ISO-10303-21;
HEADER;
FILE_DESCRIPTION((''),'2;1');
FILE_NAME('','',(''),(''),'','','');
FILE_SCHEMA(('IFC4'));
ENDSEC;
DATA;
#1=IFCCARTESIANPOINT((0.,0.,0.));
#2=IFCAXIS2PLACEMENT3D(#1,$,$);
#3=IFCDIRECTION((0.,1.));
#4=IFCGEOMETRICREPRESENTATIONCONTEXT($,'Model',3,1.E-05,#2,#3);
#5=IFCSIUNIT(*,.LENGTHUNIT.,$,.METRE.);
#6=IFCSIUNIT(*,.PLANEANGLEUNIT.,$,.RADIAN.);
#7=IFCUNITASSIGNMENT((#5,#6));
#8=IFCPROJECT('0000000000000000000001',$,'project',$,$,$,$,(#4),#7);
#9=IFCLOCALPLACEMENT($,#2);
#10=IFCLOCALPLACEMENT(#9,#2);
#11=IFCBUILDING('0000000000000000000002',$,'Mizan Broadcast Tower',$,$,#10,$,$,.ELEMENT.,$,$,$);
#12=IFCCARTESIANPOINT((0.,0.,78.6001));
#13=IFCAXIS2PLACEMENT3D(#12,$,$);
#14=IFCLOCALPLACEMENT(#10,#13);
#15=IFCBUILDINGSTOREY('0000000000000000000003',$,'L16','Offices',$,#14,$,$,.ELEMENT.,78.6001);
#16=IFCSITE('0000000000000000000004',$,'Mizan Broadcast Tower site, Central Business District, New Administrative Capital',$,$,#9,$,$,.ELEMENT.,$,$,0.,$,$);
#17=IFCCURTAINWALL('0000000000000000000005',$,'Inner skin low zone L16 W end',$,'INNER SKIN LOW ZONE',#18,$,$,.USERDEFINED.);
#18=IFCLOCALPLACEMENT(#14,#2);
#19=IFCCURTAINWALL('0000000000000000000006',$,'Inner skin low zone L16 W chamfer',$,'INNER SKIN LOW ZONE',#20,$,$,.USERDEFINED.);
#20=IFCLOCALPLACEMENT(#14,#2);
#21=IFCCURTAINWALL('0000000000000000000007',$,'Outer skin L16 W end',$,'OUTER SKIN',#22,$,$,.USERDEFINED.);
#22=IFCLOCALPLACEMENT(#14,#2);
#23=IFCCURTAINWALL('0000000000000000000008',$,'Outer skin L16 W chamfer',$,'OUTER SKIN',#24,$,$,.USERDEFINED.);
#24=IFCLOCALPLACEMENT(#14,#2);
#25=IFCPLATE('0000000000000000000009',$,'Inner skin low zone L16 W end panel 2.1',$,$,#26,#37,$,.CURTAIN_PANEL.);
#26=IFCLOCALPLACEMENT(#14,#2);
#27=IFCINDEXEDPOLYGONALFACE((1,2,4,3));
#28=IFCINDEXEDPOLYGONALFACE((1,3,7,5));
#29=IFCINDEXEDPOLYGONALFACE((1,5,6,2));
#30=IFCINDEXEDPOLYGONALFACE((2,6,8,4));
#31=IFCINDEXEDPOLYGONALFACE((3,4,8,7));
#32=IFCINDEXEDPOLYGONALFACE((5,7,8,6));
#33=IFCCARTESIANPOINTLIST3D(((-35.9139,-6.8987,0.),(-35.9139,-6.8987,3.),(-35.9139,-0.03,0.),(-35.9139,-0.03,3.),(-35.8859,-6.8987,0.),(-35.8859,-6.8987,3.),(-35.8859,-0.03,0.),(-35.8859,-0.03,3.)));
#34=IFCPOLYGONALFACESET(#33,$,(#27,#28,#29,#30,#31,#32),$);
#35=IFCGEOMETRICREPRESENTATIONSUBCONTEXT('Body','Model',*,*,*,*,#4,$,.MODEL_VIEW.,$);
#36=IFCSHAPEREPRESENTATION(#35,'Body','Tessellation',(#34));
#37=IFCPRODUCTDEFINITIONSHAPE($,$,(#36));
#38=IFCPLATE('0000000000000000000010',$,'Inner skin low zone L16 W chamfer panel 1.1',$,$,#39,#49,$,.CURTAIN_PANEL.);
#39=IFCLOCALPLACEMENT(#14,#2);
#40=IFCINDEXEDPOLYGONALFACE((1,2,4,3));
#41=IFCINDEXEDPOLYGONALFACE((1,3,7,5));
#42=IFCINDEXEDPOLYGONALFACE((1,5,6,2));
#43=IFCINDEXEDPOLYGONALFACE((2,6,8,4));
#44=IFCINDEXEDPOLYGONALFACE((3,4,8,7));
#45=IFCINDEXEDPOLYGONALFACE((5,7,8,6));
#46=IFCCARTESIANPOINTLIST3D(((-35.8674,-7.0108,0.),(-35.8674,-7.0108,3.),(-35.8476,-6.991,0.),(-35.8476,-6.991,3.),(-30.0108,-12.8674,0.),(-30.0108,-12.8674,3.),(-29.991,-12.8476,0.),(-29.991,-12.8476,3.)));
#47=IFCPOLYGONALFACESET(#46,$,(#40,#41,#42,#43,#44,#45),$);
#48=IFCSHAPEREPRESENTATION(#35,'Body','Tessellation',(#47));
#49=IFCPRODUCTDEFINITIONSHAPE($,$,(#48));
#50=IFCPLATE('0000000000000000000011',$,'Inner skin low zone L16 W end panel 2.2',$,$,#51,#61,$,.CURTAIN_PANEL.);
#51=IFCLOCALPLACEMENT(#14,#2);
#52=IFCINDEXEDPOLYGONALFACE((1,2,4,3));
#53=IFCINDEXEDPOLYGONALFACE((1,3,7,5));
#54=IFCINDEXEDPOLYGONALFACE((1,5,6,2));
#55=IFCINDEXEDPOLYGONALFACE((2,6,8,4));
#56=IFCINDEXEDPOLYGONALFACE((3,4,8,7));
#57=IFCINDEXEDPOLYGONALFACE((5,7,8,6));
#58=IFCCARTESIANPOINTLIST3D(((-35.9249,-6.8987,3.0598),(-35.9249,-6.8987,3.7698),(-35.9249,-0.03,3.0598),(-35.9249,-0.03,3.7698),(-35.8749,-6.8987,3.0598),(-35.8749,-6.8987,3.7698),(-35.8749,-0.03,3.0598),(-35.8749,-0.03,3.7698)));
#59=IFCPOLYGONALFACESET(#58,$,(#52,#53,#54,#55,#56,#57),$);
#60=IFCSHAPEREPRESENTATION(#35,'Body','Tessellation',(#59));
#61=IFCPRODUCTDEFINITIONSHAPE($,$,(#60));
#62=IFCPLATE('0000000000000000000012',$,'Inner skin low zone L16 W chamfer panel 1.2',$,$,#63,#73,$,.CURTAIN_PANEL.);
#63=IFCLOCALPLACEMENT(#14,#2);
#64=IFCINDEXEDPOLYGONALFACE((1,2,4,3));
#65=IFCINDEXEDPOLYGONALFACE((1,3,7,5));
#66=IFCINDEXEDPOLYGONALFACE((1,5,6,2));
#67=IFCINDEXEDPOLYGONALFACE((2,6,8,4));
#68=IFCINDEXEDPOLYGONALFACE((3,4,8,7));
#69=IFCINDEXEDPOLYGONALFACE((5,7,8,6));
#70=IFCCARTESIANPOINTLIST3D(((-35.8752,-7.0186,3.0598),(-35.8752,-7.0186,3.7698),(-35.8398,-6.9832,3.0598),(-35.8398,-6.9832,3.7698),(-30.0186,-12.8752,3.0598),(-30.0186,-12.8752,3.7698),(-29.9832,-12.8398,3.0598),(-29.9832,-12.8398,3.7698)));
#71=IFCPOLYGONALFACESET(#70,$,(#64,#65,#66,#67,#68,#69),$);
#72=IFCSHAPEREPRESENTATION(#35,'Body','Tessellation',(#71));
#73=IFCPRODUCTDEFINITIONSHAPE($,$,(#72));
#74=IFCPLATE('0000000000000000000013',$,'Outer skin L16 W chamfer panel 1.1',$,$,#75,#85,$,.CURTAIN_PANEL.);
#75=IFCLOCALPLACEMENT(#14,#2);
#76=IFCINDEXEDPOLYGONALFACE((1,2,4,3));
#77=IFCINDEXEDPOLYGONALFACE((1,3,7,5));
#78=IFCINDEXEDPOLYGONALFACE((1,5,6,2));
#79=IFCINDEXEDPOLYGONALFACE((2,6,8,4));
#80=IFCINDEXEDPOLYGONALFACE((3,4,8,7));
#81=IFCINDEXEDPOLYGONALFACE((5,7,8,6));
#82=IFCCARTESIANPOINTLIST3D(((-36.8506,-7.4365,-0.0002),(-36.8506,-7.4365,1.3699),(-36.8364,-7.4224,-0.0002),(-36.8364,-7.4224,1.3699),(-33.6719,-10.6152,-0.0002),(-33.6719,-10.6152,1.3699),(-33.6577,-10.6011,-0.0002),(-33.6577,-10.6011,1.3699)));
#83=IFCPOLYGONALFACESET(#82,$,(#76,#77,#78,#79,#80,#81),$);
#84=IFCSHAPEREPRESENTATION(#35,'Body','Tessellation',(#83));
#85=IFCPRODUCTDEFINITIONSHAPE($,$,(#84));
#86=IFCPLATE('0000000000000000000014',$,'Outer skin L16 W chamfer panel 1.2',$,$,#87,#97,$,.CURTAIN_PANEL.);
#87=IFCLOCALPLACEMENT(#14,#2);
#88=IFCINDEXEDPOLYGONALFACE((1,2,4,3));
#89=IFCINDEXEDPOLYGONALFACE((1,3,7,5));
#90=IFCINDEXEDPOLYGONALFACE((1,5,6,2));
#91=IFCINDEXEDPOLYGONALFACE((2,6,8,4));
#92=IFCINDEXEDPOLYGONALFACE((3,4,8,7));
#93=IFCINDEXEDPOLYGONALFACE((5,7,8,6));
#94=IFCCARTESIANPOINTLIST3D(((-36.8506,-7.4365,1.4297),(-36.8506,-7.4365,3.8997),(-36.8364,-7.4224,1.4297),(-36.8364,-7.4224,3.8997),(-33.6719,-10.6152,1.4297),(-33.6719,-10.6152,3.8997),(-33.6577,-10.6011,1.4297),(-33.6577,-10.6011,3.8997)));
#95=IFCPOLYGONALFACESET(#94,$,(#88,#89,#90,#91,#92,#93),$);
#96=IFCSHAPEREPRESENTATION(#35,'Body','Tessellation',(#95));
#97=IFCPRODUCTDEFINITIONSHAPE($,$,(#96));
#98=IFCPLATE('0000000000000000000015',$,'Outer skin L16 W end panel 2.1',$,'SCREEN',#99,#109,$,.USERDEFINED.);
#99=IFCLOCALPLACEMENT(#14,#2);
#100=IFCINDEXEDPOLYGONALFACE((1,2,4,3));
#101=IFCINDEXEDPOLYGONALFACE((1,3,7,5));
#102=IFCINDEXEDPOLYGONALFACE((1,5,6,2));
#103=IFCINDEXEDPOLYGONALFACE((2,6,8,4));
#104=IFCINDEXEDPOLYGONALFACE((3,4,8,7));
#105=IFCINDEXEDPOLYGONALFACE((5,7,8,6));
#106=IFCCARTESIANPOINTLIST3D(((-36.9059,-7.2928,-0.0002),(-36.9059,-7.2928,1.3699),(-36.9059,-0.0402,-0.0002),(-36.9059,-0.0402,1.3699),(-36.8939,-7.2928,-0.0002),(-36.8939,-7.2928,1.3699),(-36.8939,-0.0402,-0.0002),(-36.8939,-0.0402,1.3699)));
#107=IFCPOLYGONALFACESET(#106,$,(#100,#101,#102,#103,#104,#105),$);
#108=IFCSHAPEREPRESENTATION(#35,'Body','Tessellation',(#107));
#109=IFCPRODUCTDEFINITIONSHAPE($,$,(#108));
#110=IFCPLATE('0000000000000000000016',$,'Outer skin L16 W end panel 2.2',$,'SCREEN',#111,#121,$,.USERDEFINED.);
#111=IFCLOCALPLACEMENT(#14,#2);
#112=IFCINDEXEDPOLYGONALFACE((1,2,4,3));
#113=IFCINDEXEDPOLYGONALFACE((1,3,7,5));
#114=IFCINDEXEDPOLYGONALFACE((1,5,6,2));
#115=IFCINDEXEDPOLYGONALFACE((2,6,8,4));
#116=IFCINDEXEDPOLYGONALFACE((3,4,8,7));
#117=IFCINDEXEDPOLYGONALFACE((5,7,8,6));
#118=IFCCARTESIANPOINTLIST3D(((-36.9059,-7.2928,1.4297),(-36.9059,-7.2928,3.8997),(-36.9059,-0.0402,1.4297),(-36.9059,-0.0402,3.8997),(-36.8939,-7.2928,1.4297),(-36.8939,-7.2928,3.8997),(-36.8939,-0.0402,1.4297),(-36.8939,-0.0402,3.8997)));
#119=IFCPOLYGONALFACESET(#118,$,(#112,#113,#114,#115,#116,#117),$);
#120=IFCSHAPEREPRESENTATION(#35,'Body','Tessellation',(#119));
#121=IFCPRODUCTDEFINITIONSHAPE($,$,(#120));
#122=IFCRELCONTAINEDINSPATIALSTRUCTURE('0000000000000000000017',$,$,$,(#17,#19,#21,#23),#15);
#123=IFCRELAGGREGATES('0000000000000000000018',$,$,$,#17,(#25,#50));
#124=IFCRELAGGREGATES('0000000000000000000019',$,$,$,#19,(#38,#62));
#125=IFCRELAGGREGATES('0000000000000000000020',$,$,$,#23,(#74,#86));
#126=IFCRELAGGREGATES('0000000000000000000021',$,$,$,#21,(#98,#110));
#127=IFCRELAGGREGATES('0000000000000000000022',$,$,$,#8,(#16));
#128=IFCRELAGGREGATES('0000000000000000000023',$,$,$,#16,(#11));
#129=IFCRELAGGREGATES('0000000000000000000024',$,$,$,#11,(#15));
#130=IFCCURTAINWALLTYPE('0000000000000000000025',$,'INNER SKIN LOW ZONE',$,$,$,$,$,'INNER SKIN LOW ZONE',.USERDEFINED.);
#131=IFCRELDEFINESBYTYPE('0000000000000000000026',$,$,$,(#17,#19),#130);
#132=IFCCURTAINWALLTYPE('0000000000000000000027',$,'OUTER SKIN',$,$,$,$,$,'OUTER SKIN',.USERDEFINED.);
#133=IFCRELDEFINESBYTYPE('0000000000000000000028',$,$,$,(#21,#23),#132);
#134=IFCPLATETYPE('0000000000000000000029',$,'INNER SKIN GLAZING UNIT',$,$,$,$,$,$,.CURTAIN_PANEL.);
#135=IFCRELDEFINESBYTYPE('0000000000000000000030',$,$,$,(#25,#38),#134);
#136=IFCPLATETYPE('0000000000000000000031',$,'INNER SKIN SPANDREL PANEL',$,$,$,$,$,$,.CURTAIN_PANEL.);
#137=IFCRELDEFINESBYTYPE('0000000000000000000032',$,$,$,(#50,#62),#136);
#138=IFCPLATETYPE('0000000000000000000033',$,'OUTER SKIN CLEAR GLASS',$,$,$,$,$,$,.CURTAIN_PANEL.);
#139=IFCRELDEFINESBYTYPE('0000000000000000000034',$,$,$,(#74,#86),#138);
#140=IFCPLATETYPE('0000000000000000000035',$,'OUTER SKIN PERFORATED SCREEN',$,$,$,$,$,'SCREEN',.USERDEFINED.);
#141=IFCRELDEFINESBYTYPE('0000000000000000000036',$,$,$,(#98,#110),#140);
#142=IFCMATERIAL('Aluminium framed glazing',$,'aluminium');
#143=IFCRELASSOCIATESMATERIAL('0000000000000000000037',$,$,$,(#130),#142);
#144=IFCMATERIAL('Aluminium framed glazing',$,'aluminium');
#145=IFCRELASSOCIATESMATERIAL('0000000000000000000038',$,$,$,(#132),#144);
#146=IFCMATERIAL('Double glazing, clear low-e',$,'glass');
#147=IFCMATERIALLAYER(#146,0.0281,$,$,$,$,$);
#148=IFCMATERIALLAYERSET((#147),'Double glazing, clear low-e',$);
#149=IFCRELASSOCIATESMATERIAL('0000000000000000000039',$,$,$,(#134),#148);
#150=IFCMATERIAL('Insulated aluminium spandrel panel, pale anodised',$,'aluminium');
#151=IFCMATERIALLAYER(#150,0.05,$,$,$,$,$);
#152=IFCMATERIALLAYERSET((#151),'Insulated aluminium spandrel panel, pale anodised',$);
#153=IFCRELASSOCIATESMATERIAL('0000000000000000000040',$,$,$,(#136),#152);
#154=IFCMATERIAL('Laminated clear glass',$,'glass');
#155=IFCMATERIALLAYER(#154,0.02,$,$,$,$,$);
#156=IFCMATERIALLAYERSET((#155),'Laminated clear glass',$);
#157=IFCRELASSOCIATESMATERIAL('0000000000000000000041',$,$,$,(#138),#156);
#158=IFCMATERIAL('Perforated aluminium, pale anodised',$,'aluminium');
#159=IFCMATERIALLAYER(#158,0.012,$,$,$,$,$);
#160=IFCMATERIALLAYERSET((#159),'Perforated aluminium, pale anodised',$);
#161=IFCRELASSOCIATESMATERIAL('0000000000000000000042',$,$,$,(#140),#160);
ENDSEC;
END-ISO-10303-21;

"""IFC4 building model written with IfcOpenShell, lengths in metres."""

from ifc_helpers import new_model, si_unit, direction, frame, origin, origin_2d, place, context, subcontext, project, spatial, rectangle, extrude, material, layer, layer_set, type_object, element, aggregate, save


model = new_model("IFC4")

# Units and contexts
model_context = context("Model", 3, precision=1e-05, world=origin(), true_north=direction((0.0, 1.0)))
body_context = subcontext(model_context, "Body", "Model", "MODEL_VIEW")
ifc_project = project(units=[si_unit("LENGTHUNIT", "METRE"), si_unit("PLANEANGLEUNIT", "RADIAN")], contexts=[model_context])

# Site, building, storey
site_placement = place(None, origin())
site = spatial("IfcSite", under=ifc_project, at=site_placement, Name="Mizan Broadcast Tower site, Central Business District, New Administrative Capital", CompositionType="ELEMENT", RefElevation=0.0)
building_placement = place(site_placement, origin())
building = spatial("IfcBuilding", under=site, at=building_placement, Name="Mizan Broadcast Tower", CompositionType="ELEMENT")
storey_placement = place(building_placement, frame((0.0, 0.0, 78.6001)))
storey = spatial("IfcBuildingStorey", under=building, at=storey_placement, Name="L16", Description="Offices", CompositionType="ELEMENT", Elevation=78.6001)

# Curtain wall
ifc_material_1 = material(Name="Aluminium framed glazing", Category="aluminium")
curtain_wall_type_1 = type_object("IfcCurtainWallType", Name="INNER SKIN LOW ZONE", ElementType="INNER SKIN LOW ZONE", PredefinedType="USERDEFINED", material=ifc_material_1)
curtain_wall_1_placement = place(storey_placement, origin())
curtain_wall_1 = element("IfcCurtainWall", 1, at=curtain_wall_1_placement, inside=storey, type_object=curtain_wall_type_1, Name="Inner skin low zone L16 W end", ObjectType="INNER SKIN LOW ZONE", PredefinedType="USERDEFINED")

# Curtain wall
curtain_wall_2_placement = place(storey_placement, origin())
curtain_wall_2 = element("IfcCurtainWall", 2, at=curtain_wall_2_placement, inside=storey, type_object=curtain_wall_type_1, Name="Inner skin low zone L16 W chamfer", ObjectType="INNER SKIN LOW ZONE", PredefinedType="USERDEFINED")

# Curtain wall
ifc_material_2 = material(Name="Aluminium framed glazing", Category="aluminium")
curtain_wall_type_2 = type_object("IfcCurtainWallType", Name="OUTER SKIN", ElementType="OUTER SKIN", PredefinedType="USERDEFINED", material=ifc_material_2)
curtain_wall_3_placement = place(storey_placement, origin())
curtain_wall_3 = element("IfcCurtainWall", 3, at=curtain_wall_3_placement, inside=storey, type_object=curtain_wall_type_2, Name="Outer skin L16 W end", ObjectType="OUTER SKIN", PredefinedType="USERDEFINED")

# Curtain wall
curtain_wall_4_placement = place(storey_placement, origin())
curtain_wall_4 = element("IfcCurtainWall", 4, at=curtain_wall_4_placement, inside=storey, type_object=curtain_wall_type_2, Name="Outer skin L16 W chamfer", ObjectType="OUTER SKIN", PredefinedType="USERDEFINED")

# Plates
ifc_material_3 = material(Name="Double glazing, clear low-e", Category="glass")
ifc_layer_1 = layer(ifc_material_3, 0.0281)
ifc_layer_set_1 = layer_set([ifc_layer_1], Name="Double glazing, clear low-e")
plate_type_1 = type_object("IfcPlateType", Name="INNER SKIN GLAZING UNIT", PredefinedType="CURTAIN_PANEL", material=ifc_layer_set_1)
plate_1_placement = place(storey_placement, frame((-35.8999, -3.4644, 0.0), z_axis=(0.0, 0.0, 1.0), x_axis=(0.0, -1.0, 0.0)))
plate_1 = element("IfcPlate", 5, at=plate_1_placement, type_object=plate_type_1, Name="Inner skin low zone L16 W end panel 2.1", PredefinedType="CURTAIN_PANEL", context=body_context, shape_type="SweptSolid", body=[
    extrude(rectangle(XDim=6.8687, YDim=0.0281, at=origin_2d()), origin(), (0.0, 0.0, 1.0), 3.0),
])
plate_2_placement = place(storey_placement, frame((-32.9292, -9.9292, 0.0), z_axis=(0.0, 0.0, 1.0), x_axis=(0.707107, -0.707107, 0.0)))
plate_2 = element("IfcPlate", 6, at=plate_2_placement, type_object=plate_type_1, Name="Inner skin low zone L16 W chamfer panel 1.1", PredefinedType="CURTAIN_PANEL", context=body_context, shape_type="SweptSolid", body=[
    extrude(rectangle(XDim=8.2825, YDim=0.0281, at=origin_2d()), origin(), (0.0, 0.0, 1.0), 3.0),
])
ifc_material_4 = material(Name="Insulated aluminium spandrel panel, pale anodised", Category="aluminium")
ifc_layer_2 = layer(ifc_material_4, 0.05)
ifc_layer_set_2 = layer_set([ifc_layer_2], Name="Insulated aluminium spandrel panel, pale anodised")
plate_type_2 = type_object("IfcPlateType", Name="INNER SKIN SPANDREL PANEL", PredefinedType="CURTAIN_PANEL", material=ifc_layer_set_2)
plate_3_placement = place(storey_placement, frame((-35.8999, -3.4644, 3.0598), z_axis=(0.0, 0.0, 1.0), x_axis=(0.0, -1.0, 0.0)))
plate_3 = element("IfcPlate", 7, at=plate_3_placement, type_object=plate_type_2, Name="Inner skin low zone L16 W end panel 2.2", PredefinedType="CURTAIN_PANEL", context=body_context, shape_type="SweptSolid", body=[
    extrude(rectangle(XDim=6.8687, YDim=0.05, at=origin_2d()), origin(), (0.0, 0.0, 1.0), 0.71),
])
aggregate(curtain_wall_1, [plate_1, plate_3])
plate_4_placement = place(storey_placement, frame((-32.9292, -9.9292, 3.0598), z_axis=(0.0, 0.0, 1.0), x_axis=(0.707107, -0.707107, 0.0)))
plate_4 = element("IfcPlate", 8, at=plate_4_placement, type_object=plate_type_2, Name="Inner skin low zone L16 W chamfer panel 1.2", PredefinedType="CURTAIN_PANEL", context=body_context, shape_type="SweptSolid", body=[
    extrude(rectangle(XDim=8.2825, YDim=0.05, at=origin_2d()), origin(), (0.0, 0.0, 1.0), 0.71),
])
aggregate(curtain_wall_2, [plate_2, plate_4])
ifc_material_5 = material(Name="Laminated clear glass", Category="glass")
ifc_layer_3 = layer(ifc_material_5, 0.02)
ifc_layer_set_3 = layer_set([ifc_layer_3], Name="Laminated clear glass")
plate_type_3 = type_object("IfcPlateType", Name="OUTER SKIN CLEAR GLASS", PredefinedType="CURTAIN_PANEL", material=ifc_layer_set_3)
plate_5_placement = place(storey_placement, frame((-35.2542, -9.0188, -0.0002), z_axis=(0.0, 0.0, 1.0), x_axis=(0.707107, -0.707107, 0.0)))
plate_5 = element("IfcPlate", 9, at=plate_5_placement, type_object=plate_type_3, Name="Outer skin L16 W chamfer panel 1.1", PredefinedType="CURTAIN_PANEL", context=body_context, shape_type="SweptSolid", body=[
    extrude(rectangle(XDim=4.4954, YDim=0.02, at=origin_2d()), origin(), (0.0, 0.0, 1.0), 1.3701),
])
plate_6_placement = place(storey_placement, frame((-35.2542, -9.0188, 1.4297), z_axis=(0.0, 0.0, 1.0), x_axis=(0.707107, -0.707107, 0.0)))
plate_6 = element("IfcPlate", 10, at=plate_6_placement, type_object=plate_type_3, Name="Outer skin L16 W chamfer panel 1.2", PredefinedType="CURTAIN_PANEL", context=body_context, shape_type="SweptSolid", body=[
    extrude(rectangle(XDim=4.4954, YDim=0.02, at=origin_2d()), origin(), (0.0, 0.0, 1.0), 2.47),
])
aggregate(curtain_wall_4, [plate_5, plate_6])
ifc_material_6 = material(Name="Perforated aluminium, pale anodised", Category="aluminium")
ifc_layer_4 = layer(ifc_material_6, 0.012)
ifc_layer_set_4 = layer_set([ifc_layer_4], Name="Perforated aluminium, pale anodised")
plate_type_4 = type_object("IfcPlateType", Name="OUTER SKIN PERFORATED SCREEN", ElementType="SCREEN", PredefinedType="USERDEFINED", material=ifc_layer_set_4)
plate_7_placement = place(storey_placement, frame((-36.8999, -3.6665, -0.0002), z_axis=(0.0, 0.0, 1.0), x_axis=(0.0, -1.0, 0.0)))
plate_7 = element("IfcPlate", 11, at=plate_7_placement, type_object=plate_type_4, Name="Outer skin L16 W end panel 2.1", ObjectType="SCREEN", PredefinedType="USERDEFINED", context=body_context, shape_type="SweptSolid", body=[
    extrude(rectangle(XDim=7.2527, YDim=0.012, at=origin_2d()), origin(), (0.0, 0.0, 1.0), 1.3701),
])
plate_8_placement = place(storey_placement, frame((-36.8999, -3.6665, 1.4297), z_axis=(0.0, 0.0, 1.0), x_axis=(0.0, -1.0, 0.0)))
plate_8 = element("IfcPlate", 12, at=plate_8_placement, type_object=plate_type_4, Name="Outer skin L16 W end panel 2.2", ObjectType="SCREEN", PredefinedType="USERDEFINED", context=body_context, shape_type="SweptSolid", body=[
    extrude(rectangle(XDim=7.2527, YDim=0.012, at=origin_2d()), origin(), (0.0, 0.0, 1.0), 2.47),
])
aggregate(curtain_wall_3, [plate_7, plate_8])

save(model, "model.ifc")
